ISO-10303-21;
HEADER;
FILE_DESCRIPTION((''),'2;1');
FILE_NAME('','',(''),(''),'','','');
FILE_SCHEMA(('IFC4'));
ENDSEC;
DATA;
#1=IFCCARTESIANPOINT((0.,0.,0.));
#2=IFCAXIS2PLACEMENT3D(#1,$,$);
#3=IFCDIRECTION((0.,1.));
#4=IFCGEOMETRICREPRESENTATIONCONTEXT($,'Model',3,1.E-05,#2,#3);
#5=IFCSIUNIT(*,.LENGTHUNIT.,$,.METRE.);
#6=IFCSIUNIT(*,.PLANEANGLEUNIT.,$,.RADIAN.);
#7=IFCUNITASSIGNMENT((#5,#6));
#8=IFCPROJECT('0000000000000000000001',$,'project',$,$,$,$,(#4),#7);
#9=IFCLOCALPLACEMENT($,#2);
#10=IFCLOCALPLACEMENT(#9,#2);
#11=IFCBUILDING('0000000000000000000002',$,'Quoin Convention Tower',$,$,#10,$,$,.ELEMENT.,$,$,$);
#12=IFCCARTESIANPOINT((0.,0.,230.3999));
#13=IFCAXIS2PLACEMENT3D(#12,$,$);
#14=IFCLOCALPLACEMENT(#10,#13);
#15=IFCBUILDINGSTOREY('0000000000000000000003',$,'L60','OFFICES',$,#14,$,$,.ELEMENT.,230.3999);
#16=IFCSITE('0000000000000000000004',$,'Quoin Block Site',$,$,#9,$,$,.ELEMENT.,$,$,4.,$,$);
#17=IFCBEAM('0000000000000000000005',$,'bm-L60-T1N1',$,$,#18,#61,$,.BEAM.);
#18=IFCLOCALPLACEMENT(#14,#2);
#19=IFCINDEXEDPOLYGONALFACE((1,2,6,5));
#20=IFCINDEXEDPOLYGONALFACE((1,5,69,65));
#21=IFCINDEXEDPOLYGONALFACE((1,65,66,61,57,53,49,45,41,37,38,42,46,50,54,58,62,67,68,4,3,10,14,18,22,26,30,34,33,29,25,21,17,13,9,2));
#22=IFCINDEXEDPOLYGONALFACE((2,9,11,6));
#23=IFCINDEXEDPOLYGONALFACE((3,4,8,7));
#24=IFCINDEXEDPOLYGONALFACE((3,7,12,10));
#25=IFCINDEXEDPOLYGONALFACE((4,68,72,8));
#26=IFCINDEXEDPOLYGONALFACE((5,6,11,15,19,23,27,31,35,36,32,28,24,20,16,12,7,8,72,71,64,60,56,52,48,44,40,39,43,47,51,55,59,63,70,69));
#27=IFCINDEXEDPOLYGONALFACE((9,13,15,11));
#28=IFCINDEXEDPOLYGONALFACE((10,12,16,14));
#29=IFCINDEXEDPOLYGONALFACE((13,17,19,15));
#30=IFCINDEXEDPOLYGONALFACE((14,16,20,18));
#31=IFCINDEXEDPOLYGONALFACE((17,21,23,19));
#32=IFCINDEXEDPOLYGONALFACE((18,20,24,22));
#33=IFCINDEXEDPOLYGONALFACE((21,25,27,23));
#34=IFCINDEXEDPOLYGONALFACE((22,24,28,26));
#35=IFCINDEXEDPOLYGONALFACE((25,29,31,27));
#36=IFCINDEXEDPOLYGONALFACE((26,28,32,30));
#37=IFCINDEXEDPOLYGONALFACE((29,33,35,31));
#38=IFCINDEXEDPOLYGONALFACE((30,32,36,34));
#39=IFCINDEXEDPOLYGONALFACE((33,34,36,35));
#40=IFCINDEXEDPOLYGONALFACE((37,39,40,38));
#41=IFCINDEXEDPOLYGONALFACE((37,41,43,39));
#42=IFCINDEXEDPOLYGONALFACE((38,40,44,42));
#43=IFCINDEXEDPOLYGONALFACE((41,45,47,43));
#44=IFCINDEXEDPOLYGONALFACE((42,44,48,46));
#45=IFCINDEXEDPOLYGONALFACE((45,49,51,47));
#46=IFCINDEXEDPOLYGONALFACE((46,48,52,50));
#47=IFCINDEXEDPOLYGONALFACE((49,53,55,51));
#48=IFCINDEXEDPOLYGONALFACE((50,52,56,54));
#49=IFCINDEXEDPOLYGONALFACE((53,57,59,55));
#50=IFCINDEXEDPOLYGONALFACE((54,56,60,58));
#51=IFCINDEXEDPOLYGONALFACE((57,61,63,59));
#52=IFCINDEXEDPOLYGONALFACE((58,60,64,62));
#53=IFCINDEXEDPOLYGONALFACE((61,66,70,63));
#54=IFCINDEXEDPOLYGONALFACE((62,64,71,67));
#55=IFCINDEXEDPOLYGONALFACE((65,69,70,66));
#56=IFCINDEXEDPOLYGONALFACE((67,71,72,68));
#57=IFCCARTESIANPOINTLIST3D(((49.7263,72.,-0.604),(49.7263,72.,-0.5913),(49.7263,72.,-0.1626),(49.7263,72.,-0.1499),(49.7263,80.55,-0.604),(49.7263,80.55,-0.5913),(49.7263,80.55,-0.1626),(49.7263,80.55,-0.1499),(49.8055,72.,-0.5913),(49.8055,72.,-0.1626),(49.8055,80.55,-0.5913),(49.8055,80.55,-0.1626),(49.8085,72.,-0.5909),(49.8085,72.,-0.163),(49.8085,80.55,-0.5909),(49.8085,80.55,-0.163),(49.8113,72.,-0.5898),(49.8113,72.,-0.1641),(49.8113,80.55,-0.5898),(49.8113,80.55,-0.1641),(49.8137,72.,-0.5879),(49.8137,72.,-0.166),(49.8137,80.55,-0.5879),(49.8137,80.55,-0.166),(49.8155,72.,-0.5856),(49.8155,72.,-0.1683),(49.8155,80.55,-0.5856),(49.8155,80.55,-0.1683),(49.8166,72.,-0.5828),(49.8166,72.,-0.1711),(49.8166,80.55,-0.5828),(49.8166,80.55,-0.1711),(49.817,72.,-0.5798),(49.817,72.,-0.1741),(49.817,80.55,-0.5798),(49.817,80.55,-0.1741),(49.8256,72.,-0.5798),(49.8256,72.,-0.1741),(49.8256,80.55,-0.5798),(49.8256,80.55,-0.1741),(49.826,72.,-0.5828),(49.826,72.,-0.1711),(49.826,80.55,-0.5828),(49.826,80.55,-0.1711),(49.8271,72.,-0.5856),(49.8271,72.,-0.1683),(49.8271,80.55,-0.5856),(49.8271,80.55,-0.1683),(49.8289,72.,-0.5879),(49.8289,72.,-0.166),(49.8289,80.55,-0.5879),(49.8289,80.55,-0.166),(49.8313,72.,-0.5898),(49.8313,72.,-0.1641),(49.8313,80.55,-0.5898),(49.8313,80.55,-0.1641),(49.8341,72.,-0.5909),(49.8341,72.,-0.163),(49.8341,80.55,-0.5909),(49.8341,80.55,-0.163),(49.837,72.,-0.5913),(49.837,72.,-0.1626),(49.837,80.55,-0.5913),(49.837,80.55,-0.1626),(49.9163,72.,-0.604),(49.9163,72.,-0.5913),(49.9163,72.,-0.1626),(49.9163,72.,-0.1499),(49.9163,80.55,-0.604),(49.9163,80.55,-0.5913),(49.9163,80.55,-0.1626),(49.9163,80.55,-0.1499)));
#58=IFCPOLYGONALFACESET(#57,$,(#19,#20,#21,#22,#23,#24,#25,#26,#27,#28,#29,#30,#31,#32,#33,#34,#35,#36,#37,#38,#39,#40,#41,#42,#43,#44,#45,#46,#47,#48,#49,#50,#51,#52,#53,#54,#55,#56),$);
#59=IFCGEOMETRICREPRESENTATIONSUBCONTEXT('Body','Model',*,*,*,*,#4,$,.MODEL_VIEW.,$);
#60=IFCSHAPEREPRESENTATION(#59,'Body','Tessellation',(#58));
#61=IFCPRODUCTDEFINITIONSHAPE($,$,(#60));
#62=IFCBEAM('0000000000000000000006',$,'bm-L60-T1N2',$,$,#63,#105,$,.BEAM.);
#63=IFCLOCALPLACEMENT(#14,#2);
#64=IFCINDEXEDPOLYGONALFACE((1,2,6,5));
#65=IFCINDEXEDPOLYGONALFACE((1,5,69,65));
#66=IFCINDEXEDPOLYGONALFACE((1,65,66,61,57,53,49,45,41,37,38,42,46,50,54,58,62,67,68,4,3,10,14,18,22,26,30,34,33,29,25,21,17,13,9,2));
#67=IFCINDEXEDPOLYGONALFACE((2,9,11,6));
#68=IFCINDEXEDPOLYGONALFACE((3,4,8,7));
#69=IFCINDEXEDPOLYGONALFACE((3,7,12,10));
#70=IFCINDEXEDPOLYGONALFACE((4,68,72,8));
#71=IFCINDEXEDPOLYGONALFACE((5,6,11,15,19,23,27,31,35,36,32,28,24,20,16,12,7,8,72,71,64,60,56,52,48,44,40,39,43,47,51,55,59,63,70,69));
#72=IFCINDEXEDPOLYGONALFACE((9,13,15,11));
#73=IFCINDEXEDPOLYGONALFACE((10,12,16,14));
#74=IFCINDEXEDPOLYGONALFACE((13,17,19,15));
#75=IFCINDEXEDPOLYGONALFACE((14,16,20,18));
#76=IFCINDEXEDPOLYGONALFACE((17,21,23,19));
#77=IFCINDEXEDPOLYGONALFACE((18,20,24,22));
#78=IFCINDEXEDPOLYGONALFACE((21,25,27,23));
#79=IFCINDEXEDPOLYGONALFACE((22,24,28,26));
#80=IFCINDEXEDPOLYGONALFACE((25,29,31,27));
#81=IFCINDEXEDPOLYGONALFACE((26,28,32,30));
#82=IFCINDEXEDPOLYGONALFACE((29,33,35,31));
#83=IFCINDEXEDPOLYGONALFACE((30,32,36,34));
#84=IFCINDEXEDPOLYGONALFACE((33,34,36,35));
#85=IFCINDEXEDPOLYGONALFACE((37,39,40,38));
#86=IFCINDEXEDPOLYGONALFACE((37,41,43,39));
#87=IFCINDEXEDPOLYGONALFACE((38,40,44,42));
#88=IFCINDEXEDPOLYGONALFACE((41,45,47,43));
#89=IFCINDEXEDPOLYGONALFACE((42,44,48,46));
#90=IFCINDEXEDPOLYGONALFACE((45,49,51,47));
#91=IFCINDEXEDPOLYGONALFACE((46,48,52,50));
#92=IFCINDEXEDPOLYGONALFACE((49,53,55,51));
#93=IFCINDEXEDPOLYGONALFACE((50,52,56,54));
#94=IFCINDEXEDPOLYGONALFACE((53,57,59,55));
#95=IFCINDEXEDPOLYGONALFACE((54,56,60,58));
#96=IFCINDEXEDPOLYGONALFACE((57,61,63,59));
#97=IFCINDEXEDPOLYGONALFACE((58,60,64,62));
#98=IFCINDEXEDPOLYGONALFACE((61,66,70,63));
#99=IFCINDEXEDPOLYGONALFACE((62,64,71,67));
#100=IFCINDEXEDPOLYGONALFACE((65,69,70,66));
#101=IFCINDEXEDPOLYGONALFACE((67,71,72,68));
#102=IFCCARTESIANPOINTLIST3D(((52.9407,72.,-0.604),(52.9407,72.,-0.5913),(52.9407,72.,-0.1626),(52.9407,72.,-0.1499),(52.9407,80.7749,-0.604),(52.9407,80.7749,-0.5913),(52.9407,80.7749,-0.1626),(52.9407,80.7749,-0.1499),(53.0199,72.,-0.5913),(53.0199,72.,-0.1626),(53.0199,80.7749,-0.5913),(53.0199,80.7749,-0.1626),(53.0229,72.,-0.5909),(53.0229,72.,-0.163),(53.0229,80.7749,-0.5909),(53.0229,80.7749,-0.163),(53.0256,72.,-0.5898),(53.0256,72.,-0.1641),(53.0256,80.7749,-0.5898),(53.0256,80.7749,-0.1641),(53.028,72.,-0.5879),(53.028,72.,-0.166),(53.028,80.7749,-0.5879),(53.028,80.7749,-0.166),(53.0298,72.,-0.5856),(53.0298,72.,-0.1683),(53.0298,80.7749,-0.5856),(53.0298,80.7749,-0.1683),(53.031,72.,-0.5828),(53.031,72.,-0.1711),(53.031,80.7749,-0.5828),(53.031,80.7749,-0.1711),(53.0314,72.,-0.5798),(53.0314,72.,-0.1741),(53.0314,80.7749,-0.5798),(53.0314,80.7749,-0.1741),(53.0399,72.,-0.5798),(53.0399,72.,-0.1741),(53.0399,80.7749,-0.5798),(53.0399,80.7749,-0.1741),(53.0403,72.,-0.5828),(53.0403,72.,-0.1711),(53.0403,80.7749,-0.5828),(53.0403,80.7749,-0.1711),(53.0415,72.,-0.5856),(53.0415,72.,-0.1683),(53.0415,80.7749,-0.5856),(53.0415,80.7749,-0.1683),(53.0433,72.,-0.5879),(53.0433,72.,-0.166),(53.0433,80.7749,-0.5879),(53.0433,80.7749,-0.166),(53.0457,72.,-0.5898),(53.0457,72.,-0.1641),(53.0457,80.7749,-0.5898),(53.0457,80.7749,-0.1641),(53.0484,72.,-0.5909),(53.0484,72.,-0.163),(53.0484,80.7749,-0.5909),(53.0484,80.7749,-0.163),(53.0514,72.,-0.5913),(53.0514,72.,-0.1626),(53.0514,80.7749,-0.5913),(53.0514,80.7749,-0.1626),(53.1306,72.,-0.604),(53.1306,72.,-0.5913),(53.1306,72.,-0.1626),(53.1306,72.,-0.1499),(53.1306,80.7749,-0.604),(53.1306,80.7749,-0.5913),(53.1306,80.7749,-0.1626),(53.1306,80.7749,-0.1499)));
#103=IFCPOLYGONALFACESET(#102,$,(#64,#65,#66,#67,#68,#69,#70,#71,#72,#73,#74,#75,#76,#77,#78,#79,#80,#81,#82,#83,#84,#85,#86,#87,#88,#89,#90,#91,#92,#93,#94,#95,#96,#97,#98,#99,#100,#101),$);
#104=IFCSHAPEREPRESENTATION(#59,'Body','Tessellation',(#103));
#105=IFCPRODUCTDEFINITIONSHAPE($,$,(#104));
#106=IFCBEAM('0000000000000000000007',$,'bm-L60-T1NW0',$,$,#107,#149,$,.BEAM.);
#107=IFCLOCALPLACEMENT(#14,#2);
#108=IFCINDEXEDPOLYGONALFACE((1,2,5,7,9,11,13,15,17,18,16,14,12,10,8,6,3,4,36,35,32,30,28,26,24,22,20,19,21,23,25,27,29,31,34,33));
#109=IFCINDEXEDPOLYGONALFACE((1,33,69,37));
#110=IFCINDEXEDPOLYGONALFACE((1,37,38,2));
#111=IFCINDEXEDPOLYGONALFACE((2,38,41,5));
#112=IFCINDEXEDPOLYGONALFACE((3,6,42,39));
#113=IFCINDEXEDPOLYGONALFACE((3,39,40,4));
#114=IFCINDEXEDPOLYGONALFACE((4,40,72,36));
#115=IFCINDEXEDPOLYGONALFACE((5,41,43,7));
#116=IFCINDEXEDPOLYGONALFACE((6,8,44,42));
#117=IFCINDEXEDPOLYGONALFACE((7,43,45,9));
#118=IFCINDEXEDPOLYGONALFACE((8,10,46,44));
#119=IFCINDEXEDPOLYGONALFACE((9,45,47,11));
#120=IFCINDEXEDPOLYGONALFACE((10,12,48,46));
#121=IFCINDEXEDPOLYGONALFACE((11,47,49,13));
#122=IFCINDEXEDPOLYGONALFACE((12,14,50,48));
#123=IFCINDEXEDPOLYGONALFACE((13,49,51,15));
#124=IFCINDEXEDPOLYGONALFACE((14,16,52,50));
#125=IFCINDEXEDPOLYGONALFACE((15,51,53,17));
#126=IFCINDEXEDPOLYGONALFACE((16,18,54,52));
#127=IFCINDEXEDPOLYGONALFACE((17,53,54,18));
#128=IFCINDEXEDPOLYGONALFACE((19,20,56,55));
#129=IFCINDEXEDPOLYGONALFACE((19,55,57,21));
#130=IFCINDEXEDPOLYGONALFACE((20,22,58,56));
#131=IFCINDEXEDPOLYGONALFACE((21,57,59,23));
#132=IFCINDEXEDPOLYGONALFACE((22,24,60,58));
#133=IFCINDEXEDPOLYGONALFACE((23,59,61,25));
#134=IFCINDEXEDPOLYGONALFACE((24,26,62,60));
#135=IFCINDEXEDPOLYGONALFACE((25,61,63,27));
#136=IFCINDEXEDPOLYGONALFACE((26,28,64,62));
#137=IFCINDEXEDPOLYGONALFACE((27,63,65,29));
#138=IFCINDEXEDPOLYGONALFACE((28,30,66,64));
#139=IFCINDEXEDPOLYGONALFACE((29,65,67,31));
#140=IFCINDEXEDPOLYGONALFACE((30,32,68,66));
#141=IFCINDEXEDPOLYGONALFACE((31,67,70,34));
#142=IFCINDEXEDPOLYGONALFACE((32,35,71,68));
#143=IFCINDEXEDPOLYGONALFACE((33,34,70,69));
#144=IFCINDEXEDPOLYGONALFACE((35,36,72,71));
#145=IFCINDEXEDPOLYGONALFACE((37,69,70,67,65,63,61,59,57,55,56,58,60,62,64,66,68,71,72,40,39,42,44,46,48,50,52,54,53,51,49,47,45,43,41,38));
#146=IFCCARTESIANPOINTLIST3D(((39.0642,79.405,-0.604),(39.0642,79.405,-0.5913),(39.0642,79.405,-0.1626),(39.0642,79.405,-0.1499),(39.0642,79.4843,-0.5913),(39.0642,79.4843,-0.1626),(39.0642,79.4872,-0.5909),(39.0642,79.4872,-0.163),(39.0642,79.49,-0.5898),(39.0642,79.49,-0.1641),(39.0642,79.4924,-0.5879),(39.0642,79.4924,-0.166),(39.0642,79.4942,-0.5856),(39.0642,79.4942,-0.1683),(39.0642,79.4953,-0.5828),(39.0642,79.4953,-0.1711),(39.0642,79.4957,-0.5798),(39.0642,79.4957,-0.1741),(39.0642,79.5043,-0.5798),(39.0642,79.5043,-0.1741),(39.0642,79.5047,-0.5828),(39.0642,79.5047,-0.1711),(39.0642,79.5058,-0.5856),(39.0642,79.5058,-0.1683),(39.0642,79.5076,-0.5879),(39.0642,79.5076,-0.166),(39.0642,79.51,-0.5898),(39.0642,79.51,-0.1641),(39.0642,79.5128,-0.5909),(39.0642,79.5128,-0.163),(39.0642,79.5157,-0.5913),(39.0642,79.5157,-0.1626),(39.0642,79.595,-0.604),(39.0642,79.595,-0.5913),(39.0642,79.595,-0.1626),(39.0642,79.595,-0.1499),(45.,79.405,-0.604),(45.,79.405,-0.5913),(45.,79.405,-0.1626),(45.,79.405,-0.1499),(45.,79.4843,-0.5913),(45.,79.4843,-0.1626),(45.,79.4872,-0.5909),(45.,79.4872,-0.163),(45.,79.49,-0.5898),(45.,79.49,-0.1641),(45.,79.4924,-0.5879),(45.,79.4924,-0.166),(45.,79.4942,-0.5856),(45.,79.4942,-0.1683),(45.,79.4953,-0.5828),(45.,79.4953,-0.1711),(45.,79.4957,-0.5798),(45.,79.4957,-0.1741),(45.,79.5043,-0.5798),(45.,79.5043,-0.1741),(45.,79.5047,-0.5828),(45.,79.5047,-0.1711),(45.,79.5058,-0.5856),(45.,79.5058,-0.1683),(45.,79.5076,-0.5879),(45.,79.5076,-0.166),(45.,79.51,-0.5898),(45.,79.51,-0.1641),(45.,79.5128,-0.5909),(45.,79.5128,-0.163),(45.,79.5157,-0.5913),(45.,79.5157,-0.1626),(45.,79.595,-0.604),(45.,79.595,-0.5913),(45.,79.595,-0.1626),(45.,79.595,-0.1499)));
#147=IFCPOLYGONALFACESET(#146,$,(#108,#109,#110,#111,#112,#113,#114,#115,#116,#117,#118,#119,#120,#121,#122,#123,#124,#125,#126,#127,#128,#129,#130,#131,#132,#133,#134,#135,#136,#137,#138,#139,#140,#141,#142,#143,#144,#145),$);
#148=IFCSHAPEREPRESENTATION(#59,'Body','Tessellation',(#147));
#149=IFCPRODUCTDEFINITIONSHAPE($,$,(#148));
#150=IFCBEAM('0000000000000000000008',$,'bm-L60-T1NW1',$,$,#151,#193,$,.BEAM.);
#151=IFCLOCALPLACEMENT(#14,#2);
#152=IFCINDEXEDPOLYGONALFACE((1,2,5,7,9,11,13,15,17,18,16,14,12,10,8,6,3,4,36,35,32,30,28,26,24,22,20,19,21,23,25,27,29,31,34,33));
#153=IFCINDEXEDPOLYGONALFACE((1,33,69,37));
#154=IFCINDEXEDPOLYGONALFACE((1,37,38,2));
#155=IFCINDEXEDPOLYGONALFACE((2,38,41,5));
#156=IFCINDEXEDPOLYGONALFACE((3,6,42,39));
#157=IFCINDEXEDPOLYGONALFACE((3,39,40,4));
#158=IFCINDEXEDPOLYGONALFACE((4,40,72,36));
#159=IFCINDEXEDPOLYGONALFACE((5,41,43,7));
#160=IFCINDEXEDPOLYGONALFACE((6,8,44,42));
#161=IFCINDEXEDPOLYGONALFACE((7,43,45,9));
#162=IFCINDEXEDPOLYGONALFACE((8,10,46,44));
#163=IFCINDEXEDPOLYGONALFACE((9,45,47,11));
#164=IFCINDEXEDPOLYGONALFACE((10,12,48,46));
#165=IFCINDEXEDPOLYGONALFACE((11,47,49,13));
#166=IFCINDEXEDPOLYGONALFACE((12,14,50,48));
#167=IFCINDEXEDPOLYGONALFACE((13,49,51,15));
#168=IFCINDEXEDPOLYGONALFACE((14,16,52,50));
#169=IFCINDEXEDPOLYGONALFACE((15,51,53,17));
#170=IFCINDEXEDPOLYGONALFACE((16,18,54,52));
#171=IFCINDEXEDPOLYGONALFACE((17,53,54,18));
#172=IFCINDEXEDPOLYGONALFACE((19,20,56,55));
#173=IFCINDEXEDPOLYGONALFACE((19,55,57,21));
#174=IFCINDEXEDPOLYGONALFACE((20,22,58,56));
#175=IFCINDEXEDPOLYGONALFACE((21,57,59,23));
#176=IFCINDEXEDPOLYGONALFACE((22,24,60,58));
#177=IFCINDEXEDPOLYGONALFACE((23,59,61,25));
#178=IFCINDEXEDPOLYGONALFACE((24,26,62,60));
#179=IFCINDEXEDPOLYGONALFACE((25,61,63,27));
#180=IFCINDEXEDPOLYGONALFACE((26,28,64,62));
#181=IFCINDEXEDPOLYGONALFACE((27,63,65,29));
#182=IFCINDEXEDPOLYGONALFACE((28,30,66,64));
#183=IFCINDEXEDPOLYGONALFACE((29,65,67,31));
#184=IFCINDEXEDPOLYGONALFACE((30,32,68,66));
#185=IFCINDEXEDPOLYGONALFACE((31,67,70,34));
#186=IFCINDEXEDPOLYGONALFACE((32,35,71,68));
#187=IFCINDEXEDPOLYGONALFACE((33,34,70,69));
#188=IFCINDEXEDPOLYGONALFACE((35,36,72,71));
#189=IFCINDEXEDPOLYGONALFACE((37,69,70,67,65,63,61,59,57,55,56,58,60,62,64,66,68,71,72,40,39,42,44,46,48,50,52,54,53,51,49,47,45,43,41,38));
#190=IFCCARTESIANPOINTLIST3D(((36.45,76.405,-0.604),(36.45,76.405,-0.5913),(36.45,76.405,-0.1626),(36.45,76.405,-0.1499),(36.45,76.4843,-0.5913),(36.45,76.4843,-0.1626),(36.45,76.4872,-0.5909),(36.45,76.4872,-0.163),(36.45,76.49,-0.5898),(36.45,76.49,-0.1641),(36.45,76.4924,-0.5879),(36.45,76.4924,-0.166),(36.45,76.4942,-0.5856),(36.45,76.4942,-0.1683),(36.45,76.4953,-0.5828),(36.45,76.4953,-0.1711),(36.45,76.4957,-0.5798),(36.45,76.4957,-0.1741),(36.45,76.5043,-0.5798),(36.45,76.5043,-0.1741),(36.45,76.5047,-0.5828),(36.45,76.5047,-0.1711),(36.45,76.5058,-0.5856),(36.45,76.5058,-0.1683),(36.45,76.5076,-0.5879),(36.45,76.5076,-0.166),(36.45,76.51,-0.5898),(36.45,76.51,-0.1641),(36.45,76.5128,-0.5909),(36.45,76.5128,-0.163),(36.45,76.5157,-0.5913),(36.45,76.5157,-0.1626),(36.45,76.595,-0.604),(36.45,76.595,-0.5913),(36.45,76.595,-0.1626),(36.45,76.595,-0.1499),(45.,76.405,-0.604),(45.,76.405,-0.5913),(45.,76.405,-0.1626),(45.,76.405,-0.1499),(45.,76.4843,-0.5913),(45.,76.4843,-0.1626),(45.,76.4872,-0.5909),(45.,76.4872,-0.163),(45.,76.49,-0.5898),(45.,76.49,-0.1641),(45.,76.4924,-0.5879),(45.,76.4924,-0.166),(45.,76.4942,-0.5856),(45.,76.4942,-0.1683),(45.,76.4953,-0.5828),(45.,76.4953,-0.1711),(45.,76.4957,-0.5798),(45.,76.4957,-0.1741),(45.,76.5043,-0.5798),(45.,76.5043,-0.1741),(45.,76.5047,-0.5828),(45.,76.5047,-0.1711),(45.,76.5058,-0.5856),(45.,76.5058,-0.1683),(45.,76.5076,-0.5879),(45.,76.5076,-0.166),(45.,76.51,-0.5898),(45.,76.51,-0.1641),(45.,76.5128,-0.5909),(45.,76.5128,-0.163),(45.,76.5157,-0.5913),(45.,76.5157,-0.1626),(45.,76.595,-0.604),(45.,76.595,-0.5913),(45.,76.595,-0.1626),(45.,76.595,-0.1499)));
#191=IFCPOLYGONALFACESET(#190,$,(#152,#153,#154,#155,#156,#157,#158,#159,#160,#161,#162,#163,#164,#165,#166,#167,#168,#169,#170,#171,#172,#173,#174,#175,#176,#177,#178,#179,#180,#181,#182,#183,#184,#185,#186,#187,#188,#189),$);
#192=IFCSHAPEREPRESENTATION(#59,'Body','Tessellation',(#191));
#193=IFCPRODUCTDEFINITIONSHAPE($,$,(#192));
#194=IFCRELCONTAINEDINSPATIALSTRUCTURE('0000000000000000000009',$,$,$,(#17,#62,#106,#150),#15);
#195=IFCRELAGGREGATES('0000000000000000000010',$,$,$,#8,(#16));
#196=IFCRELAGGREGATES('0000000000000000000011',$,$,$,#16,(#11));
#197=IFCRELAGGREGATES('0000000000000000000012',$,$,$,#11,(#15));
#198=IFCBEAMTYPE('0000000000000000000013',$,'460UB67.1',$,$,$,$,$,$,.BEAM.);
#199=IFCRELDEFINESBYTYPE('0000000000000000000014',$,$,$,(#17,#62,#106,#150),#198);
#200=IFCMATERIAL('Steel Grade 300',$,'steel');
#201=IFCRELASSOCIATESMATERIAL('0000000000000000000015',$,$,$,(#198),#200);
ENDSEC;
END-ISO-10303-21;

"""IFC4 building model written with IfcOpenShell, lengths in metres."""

from ifc_helpers import new_model, si_unit, direction, frame, origin, origin_2d, place, context, subcontext, project, spatial, i_section, extrude, material, material_profile, profile_set, type_object, element, save


model = new_model("IFC4")

# Units and contexts
model_context = context("Model", 3, precision=1e-05, world=origin(), true_north=direction((0.0, 1.0)))
body_context = subcontext(model_context, "Body", "Model", "MODEL_VIEW")
ifc_project = project(units=[si_unit("LENGTHUNIT", "METRE"), si_unit("PLANEANGLEUNIT", "RADIAN")], contexts=[model_context])

# Site, building, storey
site_placement = place(None, origin())
site = spatial("IfcSite", under=ifc_project, at=site_placement, Name="Quoin Block Site", CompositionType="ELEMENT", RefElevation=4.0)
building_placement = place(site_placement, origin())
building = spatial("IfcBuilding", under=site, at=building_placement, Name="Quoin Convention Tower", CompositionType="ELEMENT")
storey_placement = place(building_placement, frame((0.0, 0.0, 230.3999)))
storey = spatial("IfcBuildingStorey", under=building, at=storey_placement, Name="L60", Description="OFFICES", CompositionType="ELEMENT", Elevation=230.3999)

# Beams
ifc_material_1 = material(Name="Steel Grade 300", Category="steel")
ifc_material_profile_1 = material_profile(ifc_material_1, i_section(OverallWidth=0.1899, OverallDepth=0.4541, WebThickness=0.0085, FlangeThickness=0.0127, FilletRadius=0.0115, at=origin_2d()), Name="460UB67.1")
ifc_profile_set_1 = profile_set([ifc_material_profile_1], Name="Steel Grade 300")
beam_type_1 = type_object("IfcBeamType", Name="460UB67.1", PredefinedType="BEAM", material=ifc_profile_set_1)
beam_1_placement = place(storey_placement, frame((49.8213, 72.0, -0.377), z_axis=(0.0, 1.0, 0.0), x_axis=(-1.0, 0.0, 0.0)))
element("IfcBeam", 1, at=beam_1_placement, inside=storey, type_object=beam_type_1, Name="bm-L60-T1N1", PredefinedType="BEAM", context=body_context, shape_type="SweptSolid", body=[
    extrude(i_section(OverallWidth=0.1899, OverallDepth=0.4541, WebThickness=0.0085, FlangeThickness=0.0127, FilletRadius=0.0115, at=origin_2d()), origin(), (0.0, 0.0, 1.0), 8.55),
])
beam_2_placement = place(storey_placement, frame((53.0356, 72.0, -0.377), z_axis=(0.0, 1.0, 0.0), x_axis=(-1.0, 0.0, 0.0)))
element("IfcBeam", 2, at=beam_2_placement, inside=storey, type_object=beam_type_1, Name="bm-L60-T1N2", PredefinedType="BEAM", context=body_context, shape_type="SweptSolid", body=[
    extrude(i_section(OverallWidth=0.1899, OverallDepth=0.4541, WebThickness=0.0085, FlangeThickness=0.0127, FilletRadius=0.0115, at=origin_2d()), origin(), (0.0, 0.0, 1.0), 8.7749),
])
beam_3_placement = place(storey_placement, frame((39.0642, 79.5, -0.377), z_axis=(1.0, 0.0, 0.0), x_axis=(0.0, 1.0, 0.0)))
element("IfcBeam", 3, at=beam_3_placement, inside=storey, type_object=beam_type_1, Name="bm-L60-T1NW0", PredefinedType="BEAM", context=body_context, shape_type="SweptSolid", body=[
    extrude(i_section(OverallWidth=0.1899, OverallDepth=0.4541, WebThickness=0.0085, FlangeThickness=0.0127, FilletRadius=0.0115, at=origin_2d()), origin(), (0.0, 0.0, 1.0), 5.9358),
])
beam_4_placement = place(storey_placement, frame((36.45, 76.5, -0.377), z_axis=(1.0, 0.0, 0.0), x_axis=(0.0, 1.0, 0.0)))
element("IfcBeam", 4, at=beam_4_placement, inside=storey, type_object=beam_type_1, Name="bm-L60-T1NW1", PredefinedType="BEAM", context=body_context, shape_type="SweptSolid", body=[
    extrude(i_section(OverallWidth=0.1899, OverallDepth=0.4541, WebThickness=0.0085, FlangeThickness=0.0127, FilletRadius=0.0115, at=origin_2d()), origin(), (0.0, 0.0, 1.0), 8.55),
])

save(model, "model.ifc")
